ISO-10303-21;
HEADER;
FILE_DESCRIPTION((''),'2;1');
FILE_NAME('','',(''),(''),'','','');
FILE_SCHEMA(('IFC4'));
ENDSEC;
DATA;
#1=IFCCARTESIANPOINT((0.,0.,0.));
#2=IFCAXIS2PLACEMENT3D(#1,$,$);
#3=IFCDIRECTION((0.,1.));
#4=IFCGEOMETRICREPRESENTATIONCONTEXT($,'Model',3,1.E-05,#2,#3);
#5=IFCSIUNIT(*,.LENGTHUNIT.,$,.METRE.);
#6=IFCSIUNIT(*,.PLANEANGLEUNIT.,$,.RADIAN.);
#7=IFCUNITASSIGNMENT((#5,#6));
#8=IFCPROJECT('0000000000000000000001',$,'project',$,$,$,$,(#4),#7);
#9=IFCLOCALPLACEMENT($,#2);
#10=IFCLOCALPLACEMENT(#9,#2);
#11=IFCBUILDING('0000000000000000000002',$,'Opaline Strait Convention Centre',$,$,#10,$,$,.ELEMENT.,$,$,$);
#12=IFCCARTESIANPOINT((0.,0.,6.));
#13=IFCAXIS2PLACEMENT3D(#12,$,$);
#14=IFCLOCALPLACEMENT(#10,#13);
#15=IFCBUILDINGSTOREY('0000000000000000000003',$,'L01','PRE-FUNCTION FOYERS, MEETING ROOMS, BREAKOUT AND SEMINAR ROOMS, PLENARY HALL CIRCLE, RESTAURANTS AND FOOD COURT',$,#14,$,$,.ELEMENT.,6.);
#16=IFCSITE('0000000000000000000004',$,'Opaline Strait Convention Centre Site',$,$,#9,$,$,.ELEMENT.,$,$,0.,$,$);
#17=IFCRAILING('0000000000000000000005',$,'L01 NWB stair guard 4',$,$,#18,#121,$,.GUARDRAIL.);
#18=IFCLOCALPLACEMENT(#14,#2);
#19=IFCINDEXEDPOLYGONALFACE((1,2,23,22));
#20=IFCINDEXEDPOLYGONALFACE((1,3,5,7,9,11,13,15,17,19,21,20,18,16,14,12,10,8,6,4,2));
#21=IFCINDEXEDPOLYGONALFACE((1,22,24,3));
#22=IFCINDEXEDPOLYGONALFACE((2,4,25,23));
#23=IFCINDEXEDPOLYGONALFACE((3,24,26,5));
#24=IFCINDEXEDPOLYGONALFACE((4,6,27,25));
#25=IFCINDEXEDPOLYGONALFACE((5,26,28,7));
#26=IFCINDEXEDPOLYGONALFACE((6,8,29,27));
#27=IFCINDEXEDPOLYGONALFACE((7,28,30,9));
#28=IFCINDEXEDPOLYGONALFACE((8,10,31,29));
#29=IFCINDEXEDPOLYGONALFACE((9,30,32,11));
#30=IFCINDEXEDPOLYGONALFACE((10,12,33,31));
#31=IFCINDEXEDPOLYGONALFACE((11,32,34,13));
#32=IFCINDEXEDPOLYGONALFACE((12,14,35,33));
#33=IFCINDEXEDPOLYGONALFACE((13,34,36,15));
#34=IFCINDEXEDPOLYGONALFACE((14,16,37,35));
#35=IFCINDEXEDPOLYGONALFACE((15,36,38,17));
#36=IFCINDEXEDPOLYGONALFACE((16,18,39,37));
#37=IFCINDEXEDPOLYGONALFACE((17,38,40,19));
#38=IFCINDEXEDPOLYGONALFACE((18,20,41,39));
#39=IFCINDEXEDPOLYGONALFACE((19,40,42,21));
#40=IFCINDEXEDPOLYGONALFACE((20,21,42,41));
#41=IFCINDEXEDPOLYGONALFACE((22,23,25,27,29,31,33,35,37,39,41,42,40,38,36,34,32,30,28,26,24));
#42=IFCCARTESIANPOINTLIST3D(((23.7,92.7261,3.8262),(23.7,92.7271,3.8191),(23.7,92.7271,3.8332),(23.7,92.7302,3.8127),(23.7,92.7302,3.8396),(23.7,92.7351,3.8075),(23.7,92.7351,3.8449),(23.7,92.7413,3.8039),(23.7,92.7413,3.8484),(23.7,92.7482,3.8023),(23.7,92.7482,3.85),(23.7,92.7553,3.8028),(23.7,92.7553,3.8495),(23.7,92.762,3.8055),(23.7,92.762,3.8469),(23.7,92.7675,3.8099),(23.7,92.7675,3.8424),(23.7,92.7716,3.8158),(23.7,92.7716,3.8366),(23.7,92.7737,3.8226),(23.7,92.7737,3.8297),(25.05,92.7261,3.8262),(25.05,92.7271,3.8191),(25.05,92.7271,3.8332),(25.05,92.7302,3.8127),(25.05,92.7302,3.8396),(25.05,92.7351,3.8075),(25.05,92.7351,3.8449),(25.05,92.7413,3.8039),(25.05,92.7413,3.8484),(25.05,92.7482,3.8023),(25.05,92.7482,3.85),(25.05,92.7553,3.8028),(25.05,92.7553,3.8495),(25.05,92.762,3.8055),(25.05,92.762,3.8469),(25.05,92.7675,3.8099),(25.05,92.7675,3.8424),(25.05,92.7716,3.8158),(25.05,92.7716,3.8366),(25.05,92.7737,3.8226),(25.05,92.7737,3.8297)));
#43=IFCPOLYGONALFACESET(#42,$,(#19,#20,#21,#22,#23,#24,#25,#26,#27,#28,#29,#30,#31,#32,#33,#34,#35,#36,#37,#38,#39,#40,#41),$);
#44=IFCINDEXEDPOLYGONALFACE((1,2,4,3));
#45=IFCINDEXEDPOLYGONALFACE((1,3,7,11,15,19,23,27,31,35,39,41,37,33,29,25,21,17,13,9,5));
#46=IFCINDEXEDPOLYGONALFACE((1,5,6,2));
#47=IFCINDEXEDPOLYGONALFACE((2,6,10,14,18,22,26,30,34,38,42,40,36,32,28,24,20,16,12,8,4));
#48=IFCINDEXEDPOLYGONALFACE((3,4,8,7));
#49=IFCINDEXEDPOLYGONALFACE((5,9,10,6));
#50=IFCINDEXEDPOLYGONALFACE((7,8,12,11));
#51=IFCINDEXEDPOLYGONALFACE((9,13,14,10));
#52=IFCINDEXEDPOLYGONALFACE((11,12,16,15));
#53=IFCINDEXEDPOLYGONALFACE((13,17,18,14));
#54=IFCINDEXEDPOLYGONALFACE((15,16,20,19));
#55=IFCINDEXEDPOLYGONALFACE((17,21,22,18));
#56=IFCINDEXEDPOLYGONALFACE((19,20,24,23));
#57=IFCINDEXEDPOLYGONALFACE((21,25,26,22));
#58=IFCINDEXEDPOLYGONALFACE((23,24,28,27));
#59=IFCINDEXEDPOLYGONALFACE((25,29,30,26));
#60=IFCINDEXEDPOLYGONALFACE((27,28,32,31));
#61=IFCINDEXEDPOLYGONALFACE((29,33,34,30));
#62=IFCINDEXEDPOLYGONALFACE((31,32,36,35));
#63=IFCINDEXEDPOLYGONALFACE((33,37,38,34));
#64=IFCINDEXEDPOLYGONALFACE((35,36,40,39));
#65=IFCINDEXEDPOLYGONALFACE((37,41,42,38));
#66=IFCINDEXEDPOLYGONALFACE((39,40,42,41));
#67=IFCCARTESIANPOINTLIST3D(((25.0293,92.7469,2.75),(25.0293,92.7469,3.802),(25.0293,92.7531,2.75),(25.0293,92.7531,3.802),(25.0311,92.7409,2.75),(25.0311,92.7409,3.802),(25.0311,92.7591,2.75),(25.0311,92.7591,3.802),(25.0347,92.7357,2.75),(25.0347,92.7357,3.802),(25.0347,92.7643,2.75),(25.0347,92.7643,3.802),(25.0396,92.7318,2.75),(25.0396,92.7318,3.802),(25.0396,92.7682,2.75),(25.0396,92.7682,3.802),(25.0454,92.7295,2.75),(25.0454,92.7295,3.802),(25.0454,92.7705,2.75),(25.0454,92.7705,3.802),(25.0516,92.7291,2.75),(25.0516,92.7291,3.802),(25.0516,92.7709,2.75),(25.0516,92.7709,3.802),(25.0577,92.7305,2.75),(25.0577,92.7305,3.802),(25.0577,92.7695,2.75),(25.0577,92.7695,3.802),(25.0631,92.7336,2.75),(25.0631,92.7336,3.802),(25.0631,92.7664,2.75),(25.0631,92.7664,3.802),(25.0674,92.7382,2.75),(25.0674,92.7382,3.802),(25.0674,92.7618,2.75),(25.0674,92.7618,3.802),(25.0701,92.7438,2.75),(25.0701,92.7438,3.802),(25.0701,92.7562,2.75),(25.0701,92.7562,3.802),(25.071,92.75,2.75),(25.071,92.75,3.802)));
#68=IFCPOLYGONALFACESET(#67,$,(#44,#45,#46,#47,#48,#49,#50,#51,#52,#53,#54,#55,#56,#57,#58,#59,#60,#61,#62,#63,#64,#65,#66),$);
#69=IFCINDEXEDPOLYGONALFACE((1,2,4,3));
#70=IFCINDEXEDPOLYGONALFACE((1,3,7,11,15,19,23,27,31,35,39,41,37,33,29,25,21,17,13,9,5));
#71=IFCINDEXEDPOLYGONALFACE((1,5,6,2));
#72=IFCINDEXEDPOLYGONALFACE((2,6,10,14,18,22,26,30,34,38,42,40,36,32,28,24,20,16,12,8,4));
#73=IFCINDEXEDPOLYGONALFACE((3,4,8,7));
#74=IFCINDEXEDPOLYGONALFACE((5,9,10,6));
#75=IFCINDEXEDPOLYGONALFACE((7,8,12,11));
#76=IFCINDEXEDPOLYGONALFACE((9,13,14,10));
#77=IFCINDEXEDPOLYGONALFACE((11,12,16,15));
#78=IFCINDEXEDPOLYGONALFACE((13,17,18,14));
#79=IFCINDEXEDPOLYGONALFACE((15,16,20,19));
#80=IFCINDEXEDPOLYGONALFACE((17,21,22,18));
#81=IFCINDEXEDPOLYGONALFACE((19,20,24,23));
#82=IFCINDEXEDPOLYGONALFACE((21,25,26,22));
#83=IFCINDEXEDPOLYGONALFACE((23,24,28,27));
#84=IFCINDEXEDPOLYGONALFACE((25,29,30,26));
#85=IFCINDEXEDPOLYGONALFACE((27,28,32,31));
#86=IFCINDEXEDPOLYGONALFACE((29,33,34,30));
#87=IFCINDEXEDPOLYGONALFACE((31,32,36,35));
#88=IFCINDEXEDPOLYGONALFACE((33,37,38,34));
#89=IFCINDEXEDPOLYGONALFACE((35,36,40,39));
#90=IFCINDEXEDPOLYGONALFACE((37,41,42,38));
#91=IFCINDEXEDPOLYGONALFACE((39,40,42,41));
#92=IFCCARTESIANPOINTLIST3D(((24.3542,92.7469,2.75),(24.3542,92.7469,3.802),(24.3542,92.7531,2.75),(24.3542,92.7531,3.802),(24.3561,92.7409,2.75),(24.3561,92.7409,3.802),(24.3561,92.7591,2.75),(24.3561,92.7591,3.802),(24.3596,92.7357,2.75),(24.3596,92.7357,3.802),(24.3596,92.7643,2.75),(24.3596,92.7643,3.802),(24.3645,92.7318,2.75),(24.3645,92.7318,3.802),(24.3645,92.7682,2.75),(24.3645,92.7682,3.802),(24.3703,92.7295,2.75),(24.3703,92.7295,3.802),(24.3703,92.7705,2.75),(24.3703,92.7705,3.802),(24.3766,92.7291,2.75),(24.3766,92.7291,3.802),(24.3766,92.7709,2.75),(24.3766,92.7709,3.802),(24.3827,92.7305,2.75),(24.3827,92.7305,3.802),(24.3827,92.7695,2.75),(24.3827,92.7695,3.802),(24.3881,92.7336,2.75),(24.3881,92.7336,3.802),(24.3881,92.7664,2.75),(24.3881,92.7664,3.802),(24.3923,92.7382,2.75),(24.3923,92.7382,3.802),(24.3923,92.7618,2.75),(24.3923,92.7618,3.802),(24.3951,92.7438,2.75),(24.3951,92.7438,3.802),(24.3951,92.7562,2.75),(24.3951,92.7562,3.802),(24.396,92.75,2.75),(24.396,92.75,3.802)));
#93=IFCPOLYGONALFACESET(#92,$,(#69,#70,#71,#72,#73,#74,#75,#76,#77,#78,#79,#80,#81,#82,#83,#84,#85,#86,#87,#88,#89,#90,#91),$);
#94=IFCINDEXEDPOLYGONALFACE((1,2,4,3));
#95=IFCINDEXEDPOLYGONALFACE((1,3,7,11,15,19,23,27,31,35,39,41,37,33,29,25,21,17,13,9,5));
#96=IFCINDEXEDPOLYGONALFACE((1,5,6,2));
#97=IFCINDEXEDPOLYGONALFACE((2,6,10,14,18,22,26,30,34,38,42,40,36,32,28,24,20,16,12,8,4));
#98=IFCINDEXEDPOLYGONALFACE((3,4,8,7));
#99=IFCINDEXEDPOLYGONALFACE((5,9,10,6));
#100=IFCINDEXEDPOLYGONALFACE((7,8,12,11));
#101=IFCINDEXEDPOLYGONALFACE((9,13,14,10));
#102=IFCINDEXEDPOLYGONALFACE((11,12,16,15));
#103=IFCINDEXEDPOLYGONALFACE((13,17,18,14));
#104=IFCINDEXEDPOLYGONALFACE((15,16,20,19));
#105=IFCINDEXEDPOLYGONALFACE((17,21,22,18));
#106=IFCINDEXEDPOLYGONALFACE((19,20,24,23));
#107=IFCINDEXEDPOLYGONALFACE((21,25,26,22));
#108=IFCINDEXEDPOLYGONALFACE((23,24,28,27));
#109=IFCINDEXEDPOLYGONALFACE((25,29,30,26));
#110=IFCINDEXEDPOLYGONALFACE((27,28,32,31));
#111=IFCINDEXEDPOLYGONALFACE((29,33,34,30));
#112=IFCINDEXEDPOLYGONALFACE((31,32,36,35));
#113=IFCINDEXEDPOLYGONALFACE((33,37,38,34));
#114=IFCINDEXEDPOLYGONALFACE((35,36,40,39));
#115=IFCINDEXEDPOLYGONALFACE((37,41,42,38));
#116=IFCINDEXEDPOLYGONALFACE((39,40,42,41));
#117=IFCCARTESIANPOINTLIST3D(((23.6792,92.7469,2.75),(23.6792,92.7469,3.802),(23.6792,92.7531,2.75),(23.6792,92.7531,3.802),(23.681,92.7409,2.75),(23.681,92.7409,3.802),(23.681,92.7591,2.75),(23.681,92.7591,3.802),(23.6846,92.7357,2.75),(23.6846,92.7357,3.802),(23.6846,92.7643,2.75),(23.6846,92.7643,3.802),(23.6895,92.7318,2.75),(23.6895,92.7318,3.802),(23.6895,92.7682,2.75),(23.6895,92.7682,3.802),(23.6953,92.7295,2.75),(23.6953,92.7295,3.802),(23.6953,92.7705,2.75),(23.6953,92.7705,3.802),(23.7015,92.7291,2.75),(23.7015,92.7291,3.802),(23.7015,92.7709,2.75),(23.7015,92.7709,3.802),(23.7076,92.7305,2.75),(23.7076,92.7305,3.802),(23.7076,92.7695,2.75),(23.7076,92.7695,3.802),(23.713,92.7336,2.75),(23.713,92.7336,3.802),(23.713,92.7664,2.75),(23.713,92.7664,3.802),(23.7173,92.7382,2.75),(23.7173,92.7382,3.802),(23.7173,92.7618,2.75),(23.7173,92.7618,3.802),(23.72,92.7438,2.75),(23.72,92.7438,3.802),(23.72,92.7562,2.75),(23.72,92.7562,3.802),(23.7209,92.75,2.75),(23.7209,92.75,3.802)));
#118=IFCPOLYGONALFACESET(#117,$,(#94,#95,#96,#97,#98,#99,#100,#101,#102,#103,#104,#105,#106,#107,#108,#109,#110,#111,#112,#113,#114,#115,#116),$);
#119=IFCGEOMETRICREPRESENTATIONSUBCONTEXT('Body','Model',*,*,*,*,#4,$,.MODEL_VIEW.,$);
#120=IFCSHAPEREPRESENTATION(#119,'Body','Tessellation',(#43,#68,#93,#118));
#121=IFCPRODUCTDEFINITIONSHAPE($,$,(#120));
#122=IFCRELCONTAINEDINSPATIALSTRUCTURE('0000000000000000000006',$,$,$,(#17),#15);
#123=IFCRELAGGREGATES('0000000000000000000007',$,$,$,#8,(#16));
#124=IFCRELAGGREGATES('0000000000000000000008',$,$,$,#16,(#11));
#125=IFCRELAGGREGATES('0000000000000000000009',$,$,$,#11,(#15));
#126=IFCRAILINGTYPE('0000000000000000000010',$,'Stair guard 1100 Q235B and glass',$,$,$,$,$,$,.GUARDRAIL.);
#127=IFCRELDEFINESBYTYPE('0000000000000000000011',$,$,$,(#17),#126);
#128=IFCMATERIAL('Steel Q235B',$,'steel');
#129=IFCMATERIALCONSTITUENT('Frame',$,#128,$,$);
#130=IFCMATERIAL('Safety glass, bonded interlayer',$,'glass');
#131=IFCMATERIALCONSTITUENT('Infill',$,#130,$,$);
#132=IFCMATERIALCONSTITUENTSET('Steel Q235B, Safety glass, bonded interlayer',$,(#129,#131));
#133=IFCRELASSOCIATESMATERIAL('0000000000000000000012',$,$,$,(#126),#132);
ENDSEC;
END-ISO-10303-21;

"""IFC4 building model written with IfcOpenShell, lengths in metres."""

from ifc_helpers import new_model, si_unit, direction, frame, origin, origin_2d, place, context, subcontext, project, spatial, circle, extrude, material, constituent, constituent_set, type_object, element, save


model = new_model("IFC4")

# Units and contexts
model_context = context("Model", 3, precision=1e-05, world=origin(), true_north=direction((0.0, 1.0)))
body_context = subcontext(model_context, "Body", "Model", "MODEL_VIEW")
ifc_project = project(units=[si_unit("LENGTHUNIT", "METRE"), si_unit("PLANEANGLEUNIT", "RADIAN")], contexts=[model_context])

# Site, building, storey
site_placement = place(None, origin())
site = spatial("IfcSite", under=ifc_project, at=site_placement, Name="Opaline Strait Convention Centre Site", CompositionType="ELEMENT", RefElevation=0.0)
building_placement = place(site_placement, origin())
building = spatial("IfcBuilding", under=site, at=building_placement, Name="Opaline Strait Convention Centre", CompositionType="ELEMENT")
storey_placement = place(building_placement, frame((0.0, 0.0, 6.0)))
storey = spatial("IfcBuildingStorey", under=building, at=storey_placement, Name="L01", Description="PRE-FUNCTION FOYERS, MEETING ROOMS, BREAKOUT AND SEMINAR ROOMS, PLENARY HALL CIRCLE, RESTAURANTS AND FOOD COURT", CompositionType="ELEMENT", Elevation=6.0)

# Railing
ifc_material_1 = material(Name="Steel Q235B", Category="steel")
ifc_constituent_1 = constituent(ifc_material_1, Name="Frame")
ifc_material_2 = material(Name="Safety glass, bonded interlayer", Category="glass")
ifc_constituent_2 = constituent(ifc_material_2, Name="Infill")
ifc_constituent_set = constituent_set(constituents=[ifc_constituent_1, ifc_constituent_2], Name="Steel Q235B, Safety glass, bonded interlayer")
railing_type = type_object("IfcRailingType", Name="Stair guard 1100 Q235B and glass", PredefinedType="GUARDRAIL", material=ifc_constituent_set)
railing_1_placement = place(storey_placement, frame((25.05, 92.75, 2.75)))
element("IfcRailing", 1, at=railing_1_placement, inside=storey, type_object=railing_type, Name="L01 NWB stair guard 4", PredefinedType="GUARDRAIL", context=body_context, shape_type="SweptSolid", body=[
    extrude(circle(Radius=0.0239, at=origin_2d()), frame((0.0, 0.0, 1.0762), z_axis=(-1.0, 0.0, 0.0), x_axis=(0.0, -1.0, 0.0)), (0.0, 0.0, 1.0), 1.3501),
    extrude(circle(Radius=0.021, at=origin_2d()), origin(), (0.0, 0.0, 1.0), 1.052),
    extrude(circle(Radius=0.021, at=origin_2d()), frame((-0.675, 0.0, 0.0)), (0.0, 0.0, 1.0), 1.052),
    extrude(circle(Radius=0.021, at=origin_2d()), frame((-1.3501, 0.0, 0.0)), (0.0, 0.0, 1.0), 1.052),
])

save(model, "model.ifc")
